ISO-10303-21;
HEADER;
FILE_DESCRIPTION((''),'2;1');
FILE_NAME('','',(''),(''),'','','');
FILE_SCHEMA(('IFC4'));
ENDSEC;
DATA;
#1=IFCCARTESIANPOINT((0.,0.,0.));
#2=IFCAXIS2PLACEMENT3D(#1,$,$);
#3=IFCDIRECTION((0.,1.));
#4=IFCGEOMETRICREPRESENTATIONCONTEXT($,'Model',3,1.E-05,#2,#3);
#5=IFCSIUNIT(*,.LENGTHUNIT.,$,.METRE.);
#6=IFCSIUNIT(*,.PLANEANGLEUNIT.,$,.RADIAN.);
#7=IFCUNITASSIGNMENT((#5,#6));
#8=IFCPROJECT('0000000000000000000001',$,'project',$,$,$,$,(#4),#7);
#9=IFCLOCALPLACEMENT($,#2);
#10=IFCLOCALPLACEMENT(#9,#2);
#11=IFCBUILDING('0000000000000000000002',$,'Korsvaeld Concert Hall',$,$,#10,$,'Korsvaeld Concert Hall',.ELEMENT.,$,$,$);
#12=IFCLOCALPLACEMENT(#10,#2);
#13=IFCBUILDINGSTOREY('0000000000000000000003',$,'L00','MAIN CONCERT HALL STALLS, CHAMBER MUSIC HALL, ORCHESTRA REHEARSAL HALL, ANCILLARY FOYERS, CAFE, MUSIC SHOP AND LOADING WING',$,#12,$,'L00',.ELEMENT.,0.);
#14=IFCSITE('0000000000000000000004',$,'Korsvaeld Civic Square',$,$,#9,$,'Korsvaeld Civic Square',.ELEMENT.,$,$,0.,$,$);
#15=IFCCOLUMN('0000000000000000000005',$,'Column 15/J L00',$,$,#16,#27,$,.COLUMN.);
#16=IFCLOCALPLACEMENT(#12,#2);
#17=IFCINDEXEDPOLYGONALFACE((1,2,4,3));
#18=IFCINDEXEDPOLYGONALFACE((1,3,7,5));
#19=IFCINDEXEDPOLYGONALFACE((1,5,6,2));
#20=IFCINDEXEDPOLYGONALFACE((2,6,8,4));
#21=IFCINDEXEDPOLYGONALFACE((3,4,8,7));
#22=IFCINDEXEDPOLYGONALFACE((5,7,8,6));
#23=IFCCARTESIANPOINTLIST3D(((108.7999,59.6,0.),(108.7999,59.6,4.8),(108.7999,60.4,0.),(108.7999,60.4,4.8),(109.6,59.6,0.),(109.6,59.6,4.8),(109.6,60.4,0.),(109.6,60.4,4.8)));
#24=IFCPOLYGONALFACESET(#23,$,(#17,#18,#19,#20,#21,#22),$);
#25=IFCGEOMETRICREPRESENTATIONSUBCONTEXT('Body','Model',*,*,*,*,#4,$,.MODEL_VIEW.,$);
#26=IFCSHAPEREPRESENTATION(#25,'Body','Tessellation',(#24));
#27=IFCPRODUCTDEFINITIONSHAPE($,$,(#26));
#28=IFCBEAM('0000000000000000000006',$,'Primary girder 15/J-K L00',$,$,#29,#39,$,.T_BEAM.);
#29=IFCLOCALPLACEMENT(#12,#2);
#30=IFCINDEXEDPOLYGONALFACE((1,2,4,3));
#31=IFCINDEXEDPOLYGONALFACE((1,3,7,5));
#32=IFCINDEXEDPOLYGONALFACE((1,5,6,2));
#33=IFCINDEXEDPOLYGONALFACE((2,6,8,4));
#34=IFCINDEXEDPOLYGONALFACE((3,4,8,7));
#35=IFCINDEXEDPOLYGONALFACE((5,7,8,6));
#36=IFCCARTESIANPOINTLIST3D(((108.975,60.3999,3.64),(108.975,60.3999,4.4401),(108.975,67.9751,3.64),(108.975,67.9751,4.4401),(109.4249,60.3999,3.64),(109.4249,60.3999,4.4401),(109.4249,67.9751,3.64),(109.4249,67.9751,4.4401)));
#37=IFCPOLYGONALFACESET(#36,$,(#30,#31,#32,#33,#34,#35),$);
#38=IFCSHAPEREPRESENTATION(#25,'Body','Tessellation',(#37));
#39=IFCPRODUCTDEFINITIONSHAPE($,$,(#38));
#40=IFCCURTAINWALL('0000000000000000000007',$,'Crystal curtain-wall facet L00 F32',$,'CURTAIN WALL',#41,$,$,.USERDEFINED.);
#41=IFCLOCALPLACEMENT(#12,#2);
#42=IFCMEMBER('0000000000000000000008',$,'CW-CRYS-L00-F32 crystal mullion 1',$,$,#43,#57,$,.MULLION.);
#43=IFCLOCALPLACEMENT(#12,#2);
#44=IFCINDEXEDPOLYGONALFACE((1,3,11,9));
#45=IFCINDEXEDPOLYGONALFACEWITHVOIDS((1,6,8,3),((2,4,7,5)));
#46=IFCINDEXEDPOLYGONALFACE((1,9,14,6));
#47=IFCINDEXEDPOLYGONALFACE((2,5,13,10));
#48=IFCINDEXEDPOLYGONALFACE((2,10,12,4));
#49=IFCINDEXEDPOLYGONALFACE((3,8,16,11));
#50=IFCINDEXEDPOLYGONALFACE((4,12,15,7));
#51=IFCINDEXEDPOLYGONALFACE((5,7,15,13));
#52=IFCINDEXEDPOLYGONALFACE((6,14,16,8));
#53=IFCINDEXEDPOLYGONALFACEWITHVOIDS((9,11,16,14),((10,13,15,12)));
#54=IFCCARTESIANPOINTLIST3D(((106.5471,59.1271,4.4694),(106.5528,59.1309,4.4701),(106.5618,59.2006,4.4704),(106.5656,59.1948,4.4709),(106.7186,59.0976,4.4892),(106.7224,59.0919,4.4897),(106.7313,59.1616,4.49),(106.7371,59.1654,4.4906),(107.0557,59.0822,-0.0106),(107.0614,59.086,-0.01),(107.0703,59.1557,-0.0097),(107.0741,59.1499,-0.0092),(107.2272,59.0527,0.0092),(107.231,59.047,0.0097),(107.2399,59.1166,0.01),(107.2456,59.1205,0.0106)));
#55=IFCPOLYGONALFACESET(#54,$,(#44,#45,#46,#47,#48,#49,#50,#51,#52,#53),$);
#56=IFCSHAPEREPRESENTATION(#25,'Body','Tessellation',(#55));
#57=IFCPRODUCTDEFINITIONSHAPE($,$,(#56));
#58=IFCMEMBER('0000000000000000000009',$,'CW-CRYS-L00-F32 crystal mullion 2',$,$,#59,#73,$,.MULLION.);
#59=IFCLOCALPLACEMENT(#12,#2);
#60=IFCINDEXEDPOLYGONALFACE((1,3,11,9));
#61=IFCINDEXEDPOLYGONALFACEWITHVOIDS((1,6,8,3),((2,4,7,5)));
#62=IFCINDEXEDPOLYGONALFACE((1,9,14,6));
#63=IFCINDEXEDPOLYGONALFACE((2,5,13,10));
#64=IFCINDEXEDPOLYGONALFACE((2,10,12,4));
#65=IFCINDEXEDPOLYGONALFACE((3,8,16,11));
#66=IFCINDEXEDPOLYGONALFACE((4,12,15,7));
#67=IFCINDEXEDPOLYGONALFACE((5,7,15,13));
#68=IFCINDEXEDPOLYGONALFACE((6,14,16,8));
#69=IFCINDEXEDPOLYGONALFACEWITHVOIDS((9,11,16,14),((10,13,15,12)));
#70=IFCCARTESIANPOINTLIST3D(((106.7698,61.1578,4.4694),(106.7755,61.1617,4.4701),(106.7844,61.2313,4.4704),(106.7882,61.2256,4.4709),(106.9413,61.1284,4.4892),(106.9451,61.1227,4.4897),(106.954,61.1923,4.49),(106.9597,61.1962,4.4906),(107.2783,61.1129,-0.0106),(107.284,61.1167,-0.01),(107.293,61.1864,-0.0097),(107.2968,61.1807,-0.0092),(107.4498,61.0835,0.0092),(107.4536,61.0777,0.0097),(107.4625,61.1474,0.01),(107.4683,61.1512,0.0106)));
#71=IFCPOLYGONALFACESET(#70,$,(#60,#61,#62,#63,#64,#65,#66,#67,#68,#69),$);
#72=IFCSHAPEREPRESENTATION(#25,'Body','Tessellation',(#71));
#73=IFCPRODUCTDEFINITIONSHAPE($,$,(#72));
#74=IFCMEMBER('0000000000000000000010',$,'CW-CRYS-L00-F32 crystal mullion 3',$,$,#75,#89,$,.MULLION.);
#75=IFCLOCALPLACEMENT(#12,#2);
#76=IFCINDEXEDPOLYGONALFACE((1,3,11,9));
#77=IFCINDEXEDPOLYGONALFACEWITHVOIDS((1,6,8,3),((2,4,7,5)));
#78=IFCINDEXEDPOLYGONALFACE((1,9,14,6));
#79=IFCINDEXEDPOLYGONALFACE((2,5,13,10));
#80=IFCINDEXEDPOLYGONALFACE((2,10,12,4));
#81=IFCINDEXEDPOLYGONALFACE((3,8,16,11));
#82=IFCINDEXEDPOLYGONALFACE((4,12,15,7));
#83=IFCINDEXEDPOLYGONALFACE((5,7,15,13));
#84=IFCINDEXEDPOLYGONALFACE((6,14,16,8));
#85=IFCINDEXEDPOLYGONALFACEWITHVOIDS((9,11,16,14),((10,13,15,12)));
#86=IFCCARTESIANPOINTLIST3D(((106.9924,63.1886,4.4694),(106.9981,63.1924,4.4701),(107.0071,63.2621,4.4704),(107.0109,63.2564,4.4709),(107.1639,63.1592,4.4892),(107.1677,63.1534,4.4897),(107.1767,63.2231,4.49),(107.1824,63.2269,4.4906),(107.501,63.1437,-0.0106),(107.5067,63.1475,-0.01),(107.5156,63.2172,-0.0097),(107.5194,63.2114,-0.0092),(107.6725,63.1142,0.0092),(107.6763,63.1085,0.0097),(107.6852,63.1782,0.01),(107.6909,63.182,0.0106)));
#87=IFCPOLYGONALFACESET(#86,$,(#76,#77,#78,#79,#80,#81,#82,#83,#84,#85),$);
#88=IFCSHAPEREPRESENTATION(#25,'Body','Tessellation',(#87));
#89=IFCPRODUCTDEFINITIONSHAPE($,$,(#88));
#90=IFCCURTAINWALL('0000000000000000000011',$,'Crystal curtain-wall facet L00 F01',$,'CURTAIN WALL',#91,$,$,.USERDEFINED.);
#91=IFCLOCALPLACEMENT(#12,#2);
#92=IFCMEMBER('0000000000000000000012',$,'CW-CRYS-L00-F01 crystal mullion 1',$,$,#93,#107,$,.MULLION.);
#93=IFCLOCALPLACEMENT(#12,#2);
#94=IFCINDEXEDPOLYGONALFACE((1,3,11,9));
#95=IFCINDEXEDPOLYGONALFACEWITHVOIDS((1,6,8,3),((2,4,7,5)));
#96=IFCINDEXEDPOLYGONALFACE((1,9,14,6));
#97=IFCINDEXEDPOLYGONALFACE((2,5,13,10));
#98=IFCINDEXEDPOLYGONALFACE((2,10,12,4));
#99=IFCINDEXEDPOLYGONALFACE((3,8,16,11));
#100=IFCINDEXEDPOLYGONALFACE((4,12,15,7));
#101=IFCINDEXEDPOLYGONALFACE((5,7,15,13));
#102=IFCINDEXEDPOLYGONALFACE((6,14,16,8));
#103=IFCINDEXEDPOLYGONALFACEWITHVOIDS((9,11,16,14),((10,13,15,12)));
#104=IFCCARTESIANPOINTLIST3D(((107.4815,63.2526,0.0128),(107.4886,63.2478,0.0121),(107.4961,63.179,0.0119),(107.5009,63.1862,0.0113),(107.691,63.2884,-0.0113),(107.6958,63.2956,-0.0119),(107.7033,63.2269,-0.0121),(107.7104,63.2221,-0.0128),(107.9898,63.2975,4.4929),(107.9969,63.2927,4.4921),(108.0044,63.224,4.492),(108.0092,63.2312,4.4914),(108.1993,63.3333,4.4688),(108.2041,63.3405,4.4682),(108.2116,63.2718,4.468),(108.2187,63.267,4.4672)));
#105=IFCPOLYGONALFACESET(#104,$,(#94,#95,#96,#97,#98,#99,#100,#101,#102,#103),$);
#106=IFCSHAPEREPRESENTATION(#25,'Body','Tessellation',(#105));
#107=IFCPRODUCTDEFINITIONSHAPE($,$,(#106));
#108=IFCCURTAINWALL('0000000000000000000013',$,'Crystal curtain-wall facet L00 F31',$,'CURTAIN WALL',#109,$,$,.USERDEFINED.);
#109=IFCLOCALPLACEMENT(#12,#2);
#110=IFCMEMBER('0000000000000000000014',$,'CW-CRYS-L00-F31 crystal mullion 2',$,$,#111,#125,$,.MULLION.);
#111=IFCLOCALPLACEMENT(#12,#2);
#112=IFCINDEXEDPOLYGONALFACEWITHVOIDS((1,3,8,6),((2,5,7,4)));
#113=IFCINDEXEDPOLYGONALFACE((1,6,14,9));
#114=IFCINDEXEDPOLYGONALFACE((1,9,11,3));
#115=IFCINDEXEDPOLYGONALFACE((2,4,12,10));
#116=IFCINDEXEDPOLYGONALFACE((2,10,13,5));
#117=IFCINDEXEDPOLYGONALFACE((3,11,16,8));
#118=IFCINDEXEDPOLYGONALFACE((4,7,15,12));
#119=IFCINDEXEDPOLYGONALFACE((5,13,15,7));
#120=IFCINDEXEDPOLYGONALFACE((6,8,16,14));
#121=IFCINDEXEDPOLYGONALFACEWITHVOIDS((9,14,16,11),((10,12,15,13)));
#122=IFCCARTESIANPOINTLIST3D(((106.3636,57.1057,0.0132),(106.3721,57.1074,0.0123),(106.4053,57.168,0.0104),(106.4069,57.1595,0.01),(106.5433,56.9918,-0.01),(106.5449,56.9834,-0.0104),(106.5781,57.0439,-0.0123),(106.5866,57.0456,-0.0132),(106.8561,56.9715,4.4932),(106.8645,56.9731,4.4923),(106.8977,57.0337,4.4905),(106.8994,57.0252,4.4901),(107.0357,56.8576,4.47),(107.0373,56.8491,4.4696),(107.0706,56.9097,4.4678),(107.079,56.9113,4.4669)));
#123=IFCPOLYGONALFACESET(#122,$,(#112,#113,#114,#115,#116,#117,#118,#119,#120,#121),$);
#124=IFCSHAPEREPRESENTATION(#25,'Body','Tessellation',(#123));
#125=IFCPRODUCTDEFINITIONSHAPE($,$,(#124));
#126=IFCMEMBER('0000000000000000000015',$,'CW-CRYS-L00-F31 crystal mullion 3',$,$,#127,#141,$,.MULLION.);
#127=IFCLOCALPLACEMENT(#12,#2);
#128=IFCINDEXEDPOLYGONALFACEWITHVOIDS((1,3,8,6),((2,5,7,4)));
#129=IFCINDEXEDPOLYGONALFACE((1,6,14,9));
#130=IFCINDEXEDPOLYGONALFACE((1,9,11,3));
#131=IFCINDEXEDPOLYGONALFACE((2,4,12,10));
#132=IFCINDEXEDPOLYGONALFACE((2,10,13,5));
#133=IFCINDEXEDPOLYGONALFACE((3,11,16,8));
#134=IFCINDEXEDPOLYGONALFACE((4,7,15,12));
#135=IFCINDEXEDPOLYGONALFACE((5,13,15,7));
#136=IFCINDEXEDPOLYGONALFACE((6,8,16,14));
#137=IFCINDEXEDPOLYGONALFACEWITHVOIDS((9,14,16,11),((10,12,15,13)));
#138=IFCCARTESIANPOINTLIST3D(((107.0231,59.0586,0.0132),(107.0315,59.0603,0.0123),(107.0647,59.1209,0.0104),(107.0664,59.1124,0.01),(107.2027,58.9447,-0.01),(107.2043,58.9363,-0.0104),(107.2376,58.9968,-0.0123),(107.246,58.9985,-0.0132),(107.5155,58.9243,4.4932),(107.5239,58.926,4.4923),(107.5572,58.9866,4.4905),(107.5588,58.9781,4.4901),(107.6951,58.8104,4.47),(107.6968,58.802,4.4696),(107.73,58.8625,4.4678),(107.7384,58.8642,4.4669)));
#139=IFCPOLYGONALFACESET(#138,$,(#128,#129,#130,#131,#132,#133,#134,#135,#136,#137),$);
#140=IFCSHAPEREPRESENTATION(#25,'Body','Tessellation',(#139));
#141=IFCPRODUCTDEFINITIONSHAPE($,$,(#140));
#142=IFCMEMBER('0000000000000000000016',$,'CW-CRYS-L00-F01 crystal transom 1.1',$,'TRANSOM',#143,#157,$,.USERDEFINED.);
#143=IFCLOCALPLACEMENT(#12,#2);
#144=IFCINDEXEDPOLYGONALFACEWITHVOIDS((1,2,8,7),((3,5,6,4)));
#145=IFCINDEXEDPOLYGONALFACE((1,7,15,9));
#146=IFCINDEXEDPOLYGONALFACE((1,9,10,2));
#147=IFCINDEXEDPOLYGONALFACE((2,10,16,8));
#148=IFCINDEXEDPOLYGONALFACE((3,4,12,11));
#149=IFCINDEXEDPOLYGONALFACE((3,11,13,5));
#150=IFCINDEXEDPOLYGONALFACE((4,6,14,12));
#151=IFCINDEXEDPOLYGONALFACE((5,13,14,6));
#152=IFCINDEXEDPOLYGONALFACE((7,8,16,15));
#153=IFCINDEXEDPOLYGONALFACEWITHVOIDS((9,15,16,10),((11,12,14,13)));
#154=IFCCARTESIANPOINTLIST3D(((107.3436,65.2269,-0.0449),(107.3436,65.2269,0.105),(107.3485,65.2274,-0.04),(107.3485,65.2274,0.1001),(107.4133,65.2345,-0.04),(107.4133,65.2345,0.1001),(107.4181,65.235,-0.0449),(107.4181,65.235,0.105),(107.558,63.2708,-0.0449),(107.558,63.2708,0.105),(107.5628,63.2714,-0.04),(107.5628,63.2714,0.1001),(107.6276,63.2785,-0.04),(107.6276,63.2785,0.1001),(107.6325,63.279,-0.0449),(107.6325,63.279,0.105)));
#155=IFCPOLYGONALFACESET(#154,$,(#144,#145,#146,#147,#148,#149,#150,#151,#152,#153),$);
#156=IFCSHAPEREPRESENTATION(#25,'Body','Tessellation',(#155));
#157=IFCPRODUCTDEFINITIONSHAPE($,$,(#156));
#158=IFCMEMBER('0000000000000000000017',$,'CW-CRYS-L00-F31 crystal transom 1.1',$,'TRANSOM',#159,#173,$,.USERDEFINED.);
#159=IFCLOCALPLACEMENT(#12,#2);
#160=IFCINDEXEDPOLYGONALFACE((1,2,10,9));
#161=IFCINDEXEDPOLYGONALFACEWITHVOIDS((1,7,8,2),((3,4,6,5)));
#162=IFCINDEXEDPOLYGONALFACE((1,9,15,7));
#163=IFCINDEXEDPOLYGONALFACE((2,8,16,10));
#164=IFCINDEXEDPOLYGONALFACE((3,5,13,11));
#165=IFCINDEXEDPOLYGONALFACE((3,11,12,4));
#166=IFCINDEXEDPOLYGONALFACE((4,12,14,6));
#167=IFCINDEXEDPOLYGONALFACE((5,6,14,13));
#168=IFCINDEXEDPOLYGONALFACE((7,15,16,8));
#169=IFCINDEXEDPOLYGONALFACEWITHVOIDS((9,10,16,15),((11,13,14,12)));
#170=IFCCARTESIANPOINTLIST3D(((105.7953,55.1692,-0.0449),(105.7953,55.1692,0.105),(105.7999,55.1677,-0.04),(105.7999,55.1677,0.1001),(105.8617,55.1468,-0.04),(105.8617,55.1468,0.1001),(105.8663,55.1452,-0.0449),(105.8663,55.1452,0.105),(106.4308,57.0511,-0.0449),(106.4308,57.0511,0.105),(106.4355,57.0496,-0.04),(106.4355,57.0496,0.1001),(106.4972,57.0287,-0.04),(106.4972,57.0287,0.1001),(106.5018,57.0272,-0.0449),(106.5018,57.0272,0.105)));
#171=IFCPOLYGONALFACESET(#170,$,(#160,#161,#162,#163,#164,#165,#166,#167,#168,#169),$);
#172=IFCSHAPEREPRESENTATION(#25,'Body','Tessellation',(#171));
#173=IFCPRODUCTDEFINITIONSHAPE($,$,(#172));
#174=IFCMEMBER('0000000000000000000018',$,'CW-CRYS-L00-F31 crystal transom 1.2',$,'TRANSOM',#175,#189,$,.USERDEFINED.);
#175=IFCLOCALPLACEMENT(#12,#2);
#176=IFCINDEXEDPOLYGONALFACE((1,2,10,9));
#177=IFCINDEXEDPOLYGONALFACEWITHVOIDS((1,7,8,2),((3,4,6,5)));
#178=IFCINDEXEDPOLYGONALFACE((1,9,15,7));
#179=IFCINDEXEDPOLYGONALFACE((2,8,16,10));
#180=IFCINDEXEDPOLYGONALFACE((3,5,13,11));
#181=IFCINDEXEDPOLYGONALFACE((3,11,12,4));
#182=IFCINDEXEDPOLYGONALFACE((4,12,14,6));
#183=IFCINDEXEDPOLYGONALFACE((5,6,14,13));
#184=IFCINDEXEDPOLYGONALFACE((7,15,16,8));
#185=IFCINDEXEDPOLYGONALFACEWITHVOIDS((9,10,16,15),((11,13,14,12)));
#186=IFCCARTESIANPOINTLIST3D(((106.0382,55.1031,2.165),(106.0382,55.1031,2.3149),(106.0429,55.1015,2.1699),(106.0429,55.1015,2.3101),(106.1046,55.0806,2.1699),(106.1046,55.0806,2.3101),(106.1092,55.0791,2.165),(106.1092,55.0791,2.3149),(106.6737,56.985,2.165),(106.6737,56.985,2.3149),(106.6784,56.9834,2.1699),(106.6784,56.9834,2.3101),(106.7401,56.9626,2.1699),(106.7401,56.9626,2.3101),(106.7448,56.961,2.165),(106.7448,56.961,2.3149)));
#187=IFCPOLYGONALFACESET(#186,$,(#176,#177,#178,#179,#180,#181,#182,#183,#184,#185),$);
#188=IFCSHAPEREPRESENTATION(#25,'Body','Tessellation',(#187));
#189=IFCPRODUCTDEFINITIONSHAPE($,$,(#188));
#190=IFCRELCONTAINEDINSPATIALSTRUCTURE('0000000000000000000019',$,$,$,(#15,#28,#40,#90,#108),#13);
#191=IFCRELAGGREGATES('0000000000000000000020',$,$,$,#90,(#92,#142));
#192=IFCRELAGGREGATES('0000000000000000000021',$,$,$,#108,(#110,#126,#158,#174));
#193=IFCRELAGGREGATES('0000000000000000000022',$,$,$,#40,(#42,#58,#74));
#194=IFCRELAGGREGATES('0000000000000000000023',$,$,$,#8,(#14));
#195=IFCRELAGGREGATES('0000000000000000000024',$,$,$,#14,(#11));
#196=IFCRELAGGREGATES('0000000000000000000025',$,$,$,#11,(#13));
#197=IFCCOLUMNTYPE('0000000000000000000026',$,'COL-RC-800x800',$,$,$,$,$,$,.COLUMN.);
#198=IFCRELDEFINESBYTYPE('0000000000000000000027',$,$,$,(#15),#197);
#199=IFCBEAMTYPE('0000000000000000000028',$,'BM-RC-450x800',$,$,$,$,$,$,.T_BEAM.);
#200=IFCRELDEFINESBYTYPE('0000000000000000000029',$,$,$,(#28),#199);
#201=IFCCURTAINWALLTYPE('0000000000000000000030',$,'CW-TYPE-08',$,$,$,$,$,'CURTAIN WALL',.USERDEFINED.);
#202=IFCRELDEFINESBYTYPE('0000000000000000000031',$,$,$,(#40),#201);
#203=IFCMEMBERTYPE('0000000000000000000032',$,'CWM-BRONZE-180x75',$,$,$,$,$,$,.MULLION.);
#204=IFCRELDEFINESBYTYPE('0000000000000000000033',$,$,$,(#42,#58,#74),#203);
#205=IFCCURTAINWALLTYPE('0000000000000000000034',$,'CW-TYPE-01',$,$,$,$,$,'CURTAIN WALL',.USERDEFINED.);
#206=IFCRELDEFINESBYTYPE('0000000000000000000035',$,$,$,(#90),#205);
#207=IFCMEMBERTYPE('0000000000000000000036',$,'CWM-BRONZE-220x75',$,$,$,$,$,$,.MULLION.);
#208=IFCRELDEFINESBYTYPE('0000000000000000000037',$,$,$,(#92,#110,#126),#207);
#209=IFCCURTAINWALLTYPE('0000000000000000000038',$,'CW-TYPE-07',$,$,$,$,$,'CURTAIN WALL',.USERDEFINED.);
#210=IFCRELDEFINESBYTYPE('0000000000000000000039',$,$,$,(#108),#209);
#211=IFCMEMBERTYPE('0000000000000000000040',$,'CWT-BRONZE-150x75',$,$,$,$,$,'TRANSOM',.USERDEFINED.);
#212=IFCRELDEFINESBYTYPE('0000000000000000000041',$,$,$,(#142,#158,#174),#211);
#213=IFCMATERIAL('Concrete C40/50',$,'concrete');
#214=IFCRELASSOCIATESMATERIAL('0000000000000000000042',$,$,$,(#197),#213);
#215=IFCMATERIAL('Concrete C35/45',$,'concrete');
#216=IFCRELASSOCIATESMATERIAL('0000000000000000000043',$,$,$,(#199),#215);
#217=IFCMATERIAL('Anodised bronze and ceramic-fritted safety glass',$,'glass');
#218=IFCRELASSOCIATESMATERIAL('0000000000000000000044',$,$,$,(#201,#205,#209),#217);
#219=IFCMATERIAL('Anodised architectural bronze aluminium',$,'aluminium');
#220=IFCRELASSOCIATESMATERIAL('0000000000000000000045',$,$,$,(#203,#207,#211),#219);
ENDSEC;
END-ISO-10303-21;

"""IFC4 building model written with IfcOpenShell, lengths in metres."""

from ifc_helpers import new_model, si_unit, direction, frame, origin, origin_2d, place, context, subcontext, project, spatial, rectangle, hollow_rectangle, extrude, material, material_profile, profile_set, type_object, element, aggregate, save


model = new_model("IFC4")

# Units and contexts
model_context = context("Model", 3, precision=1e-05, world=origin(), true_north=direction((0.0, 1.0)))
body_context = subcontext(model_context, "Body", "Model", "MODEL_VIEW")
ifc_project = project(units=[si_unit("LENGTHUNIT", "METRE"), si_unit("PLANEANGLEUNIT", "RADIAN")], contexts=[model_context])

# Site, building, storey
site_placement = place(None, origin())
site = spatial("IfcSite", under=ifc_project, at=site_placement, Name="Korsvaeld Civic Square", LongName="Korsvaeld Civic Square", CompositionType="ELEMENT", RefElevation=0.0)
building_placement = place(site_placement, origin())
building = spatial("IfcBuilding", under=site, at=building_placement, Name="Korsvaeld Concert Hall", LongName="Korsvaeld Concert Hall", CompositionType="ELEMENT")
storey_placement = place(building_placement, origin())
storey = spatial("IfcBuildingStorey", under=building, at=storey_placement, Name="L00", Description="MAIN CONCERT HALL STALLS, CHAMBER MUSIC HALL, ORCHESTRA REHEARSAL HALL, ANCILLARY FOYERS, CAFE, MUSIC SHOP AND LOADING WING", LongName="L00", CompositionType="ELEMENT", Elevation=0.0)

# Column
ifc_material_1 = material(Name="Concrete C40/50", Category="concrete")
ifc_material_profile_1 = material_profile(ifc_material_1, rectangle(XDim=0.8, YDim=0.8, at=origin_2d()), Name="RC 800x800")
ifc_profile_set_1 = profile_set([ifc_material_profile_1], Name="Concrete C40/50")
column_type = type_object("IfcColumnType", Name="COL-RC-800x800", PredefinedType="COLUMN", material=ifc_profile_set_1)
column_placement = place(storey_placement, frame((109.2, 60.0, 0.0), z_axis=(0.0, 0.0, 1.0), x_axis=(1.0, 0.0, 0.0)))
element("IfcColumn", 1, at=column_placement, inside=storey, type_object=column_type, Name="Column 15/J L00", PredefinedType="COLUMN", context=body_context, shape_type="SweptSolid", body=[
    extrude(rectangle(XDim=0.8, YDim=0.8, at=origin_2d()), origin(), (0.0, 0.0, 1.0), 4.8),
])

# Beam
ifc_material_2 = material(Name="Concrete C35/45", Category="concrete")
ifc_material_profile_2 = material_profile(ifc_material_2, rectangle(XDim=0.45, YDim=0.8, at=origin_2d()), Name="RC 450x800")
ifc_profile_set_2 = profile_set([ifc_material_profile_2], Name="Concrete C35/45")
beam_type = type_object("IfcBeamType", Name="BM-RC-450x800", PredefinedType="T_BEAM", material=ifc_profile_set_2)
beam_placement = place(storey_placement, frame((109.2, 60.3999, 4.04), z_axis=(0.0, 1.0, 0.0), x_axis=(-1.0, 0.0, 0.0)))
element("IfcBeam", 2, at=beam_placement, inside=storey, type_object=beam_type, Name="Primary girder 15/J-K L00", PredefinedType="T_BEAM", context=body_context, shape_type="SweptSolid", body=[
    extrude(rectangle(XDim=0.45, YDim=0.8, at=origin_2d()), origin(), (0.0, 0.0, 1.0), 7.5752),
])

# Curtain wall, members
ifc_material_3 = material(Name="Anodised bronze and ceramic-fritted safety glass", Category="glass")
curtain_wall_type_1 = type_object("IfcCurtainWallType", Name="CW-TYPE-08", ElementType="CURTAIN WALL", PredefinedType="USERDEFINED", material=ifc_material_3)
curtain_wall_1_placement = place(storey_placement, origin())
curtain_wall_1 = element("IfcCurtainWall", 3, at=curtain_wall_1_placement, inside=storey, type_object=curtain_wall_type_1, Name="Crystal curtain-wall facet L00 F32", ObjectType="CURTAIN WALL", PredefinedType="USERDEFINED")
ifc_material_4 = material(Name="Anodised architectural bronze aluminium", Category="aluminium")
ifc_material_profile_3 = material_profile(ifc_material_4, hollow_rectangle(XDim=0.075, YDim=0.1799, WallThickness=0.0049, at=origin_2d()), Name="CWM 180x75x5")
ifc_profile_set_3 = profile_set([ifc_material_profile_3], Name="Anodised architectural bronze aluminium")
member_type_1 = type_object("IfcMemberType", Name="CWM-BRONZE-180x75", PredefinedType="MULLION", material=ifc_profile_set_3)
member_1_placement = place(storey_placement, frame((107.1506, 59.1013, 0.0), z_axis=(-0.112785, 0.009963, 0.993569), x_axis=(0.195343, 0.980657, 0.012341)))
member_1 = element("IfcMember", 4, at=member_1_placement, type_object=member_type_1, Name="CW-CRYS-L00-F32 crystal mullion 1", PredefinedType="MULLION", context=body_context, shape_type="SweptSolid", body=[
    extrude(hollow_rectangle(XDim=0.075, YDim=0.1799, WallThickness=0.0049, at=origin_2d()), origin(), (0.0, 0.0, 1.0), 4.509),
])
member_2_placement = place(storey_placement, frame((107.3733, 61.1321, 0.0), z_axis=(-0.112785, 0.009963, 0.993569), x_axis=(0.195343, 0.980657, 0.012341)))
member_2 = element("IfcMember", 5, at=member_2_placement, type_object=member_type_1, Name="CW-CRYS-L00-F32 crystal mullion 2", PredefinedType="MULLION", context=body_context, shape_type="SweptSolid", body=[
    extrude(hollow_rectangle(XDim=0.075, YDim=0.1799, WallThickness=0.0049, at=origin_2d()), origin(), (0.0, 0.0, 1.0), 4.509),
])
member_3_placement = place(storey_placement, frame((107.5959, 63.1628, 0.0), z_axis=(-0.112785, 0.009963, 0.993569), x_axis=(0.195343, 0.980657, 0.012341)))
member_3 = element("IfcMember", 6, at=member_3_placement, type_object=member_type_1, Name="CW-CRYS-L00-F32 crystal mullion 3", PredefinedType="MULLION", context=body_context, shape_type="SweptSolid", body=[
    extrude(hollow_rectangle(XDim=0.075, YDim=0.1799, WallThickness=0.0049, at=origin_2d()), origin(), (0.0, 0.0, 1.0), 4.509),
])

# Curtain wall, member
curtain_wall_type_2 = type_object("IfcCurtainWallType", Name="CW-TYPE-01", ElementType="CURTAIN WALL", PredefinedType="USERDEFINED", material=ifc_material_3)
curtain_wall_2_placement = place(storey_placement, origin())
curtain_wall_2 = element("IfcCurtainWall", 7, at=curtain_wall_2_placement, inside=storey, type_object=curtain_wall_type_2, Name="Crystal curtain-wall facet L00 F01", ObjectType="CURTAIN WALL", PredefinedType="USERDEFINED")
ifc_material_profile_4 = material_profile(ifc_material_4, hollow_rectangle(XDim=0.075, YDim=0.22, WallThickness=0.0061, at=origin_2d()), Name="CWM 220x75x6")
ifc_profile_set_4 = profile_set([ifc_material_profile_4], Name="Anodised architectural bronze aluminium")
member_type_2 = type_object("IfcMemberType", Name="CWM-BRONZE-220x75", PredefinedType="MULLION", material=ifc_profile_set_4)
member_4_placement = place(storey_placement, frame((107.5959, 63.2373, 0.0), z_axis=(0.112732, 0.009963, 0.993576), x_axis=(0.195385, -0.980649, -0.012335)))
member_4 = element("IfcMember", 8, at=member_4_placement, type_object=member_type_2, Name="CW-CRYS-L00-F01 crystal mullion 1", PredefinedType="MULLION", context=body_context, shape_type="SweptSolid", body=[
    extrude(hollow_rectangle(XDim=0.075, YDim=0.22, WallThickness=0.0061, at=origin_2d()), origin(), (0.0, 0.0, 1.0), 4.509),
])

# Curtain wall, members
curtain_wall_type_3 = type_object("IfcCurtainWallType", Name="CW-TYPE-07", ElementType="CURTAIN WALL", PredefinedType="USERDEFINED", material=ifc_material_3)
curtain_wall_3_placement = place(storey_placement, origin())
curtain_wall_3 = element("IfcCurtainWall", 9, at=curtain_wall_3_placement, inside=storey, type_object=curtain_wall_type_3, Name="Crystal curtain-wall facet L00 F31", ObjectType="CURTAIN WALL", PredefinedType="USERDEFINED")
member_5_placement = place(storey_placement, frame((106.4751, 57.0757, 0.0), z_axis=(0.109212, -0.02978, 0.993572), x_axis=(-0.555918, -0.830448, 0.036215)))
member_5 = element("IfcMember", 10, at=member_5_placement, type_object=member_type_2, Name="CW-CRYS-L00-F31 crystal mullion 2", PredefinedType="MULLION", context=body_context, shape_type="SweptSolid", body=[
    extrude(hollow_rectangle(XDim=0.075, YDim=0.22, WallThickness=0.0061, at=origin_2d()), origin(), (0.0, 0.0, 1.0), 4.509),
])
member_6_placement = place(storey_placement, frame((107.1345, 59.0286, 0.0), z_axis=(0.109212, -0.02978, 0.993572), x_axis=(-0.555918, -0.830448, 0.036215)))
member_6 = element("IfcMember", 11, at=member_6_placement, type_object=member_type_2, Name="CW-CRYS-L00-F31 crystal mullion 3", PredefinedType="MULLION", context=body_context, shape_type="SweptSolid", body=[
    extrude(hollow_rectangle(XDim=0.075, YDim=0.22, WallThickness=0.0061, at=origin_2d()), origin(), (0.0, 0.0, 1.0), 4.509),
])

# Members
ifc_material_profile_5 = material_profile(ifc_material_4, hollow_rectangle(XDim=0.075, YDim=0.1499, WallThickness=0.0049, at=origin_2d()), Name="CWT 150x75x5")
ifc_profile_set_5 = profile_set([ifc_material_profile_5], Name="Anodised architectural bronze aluminium")
member_type_3 = type_object("IfcMemberType", Name="CWT-BRONZE-150x75", ElementType="TRANSOM", PredefinedType="USERDEFINED", material=ifc_profile_set_5)
member_7_placement = place(storey_placement, frame((107.5952, 63.2749, 0.03), z_axis=(-0.108933, 0.994049, 0.0), x_axis=(-0.994049, -0.108933, 0.0)))
member_7 = element("IfcMember", 12, at=member_7_placement, type_object=member_type_3, Name="CW-CRYS-L00-F01 crystal transom 1.1", ObjectType="TRANSOM", PredefinedType="USERDEFINED", context=body_context, shape_type="SweptSolid", body=[
    extrude(hollow_rectangle(XDim=0.075, YDim=0.1499, WallThickness=0.0049, at=origin_2d()), origin(), (0.0, 0.0, 1.0), 1.9678),
])
member_8_placement = place(storey_placement, frame((105.8308, 55.1572, 0.03), z_axis=(0.31995, 0.947435, 0.0), x_axis=(-0.947435, 0.31995, 0.0)))
member_8 = element("IfcMember", 13, at=member_8_placement, type_object=member_type_3, Name="CW-CRYS-L00-F31 crystal transom 1.1", ObjectType="TRANSOM", PredefinedType="USERDEFINED", context=body_context, shape_type="SweptSolid", body=[
    extrude(hollow_rectangle(XDim=0.075, YDim=0.1499, WallThickness=0.0049, at=origin_2d()), origin(), (0.0, 0.0, 1.0), 1.9863),
])
member_9_placement = place(storey_placement, frame((106.0737, 55.0911, 2.24), z_axis=(0.31995, 0.947435, 0.0), x_axis=(-0.947435, 0.31995, 0.0)))
member_9 = element("IfcMember", 14, at=member_9_placement, type_object=member_type_3, Name="CW-CRYS-L00-F31 crystal transom 1.2", ObjectType="TRANSOM", PredefinedType="USERDEFINED", context=body_context, shape_type="SweptSolid", body=[
    extrude(hollow_rectangle(XDim=0.075, YDim=0.1499, WallThickness=0.0049, at=origin_2d()), origin(), (0.0, 0.0, 1.0), 1.9863),
])

aggregate(curtain_wall_2, [member_4, member_7])
aggregate(curtain_wall_3, [member_5, member_6, member_8, member_9])
aggregate(curtain_wall_1, [member_1, member_2, member_3])

save(model, "model.ifc")
